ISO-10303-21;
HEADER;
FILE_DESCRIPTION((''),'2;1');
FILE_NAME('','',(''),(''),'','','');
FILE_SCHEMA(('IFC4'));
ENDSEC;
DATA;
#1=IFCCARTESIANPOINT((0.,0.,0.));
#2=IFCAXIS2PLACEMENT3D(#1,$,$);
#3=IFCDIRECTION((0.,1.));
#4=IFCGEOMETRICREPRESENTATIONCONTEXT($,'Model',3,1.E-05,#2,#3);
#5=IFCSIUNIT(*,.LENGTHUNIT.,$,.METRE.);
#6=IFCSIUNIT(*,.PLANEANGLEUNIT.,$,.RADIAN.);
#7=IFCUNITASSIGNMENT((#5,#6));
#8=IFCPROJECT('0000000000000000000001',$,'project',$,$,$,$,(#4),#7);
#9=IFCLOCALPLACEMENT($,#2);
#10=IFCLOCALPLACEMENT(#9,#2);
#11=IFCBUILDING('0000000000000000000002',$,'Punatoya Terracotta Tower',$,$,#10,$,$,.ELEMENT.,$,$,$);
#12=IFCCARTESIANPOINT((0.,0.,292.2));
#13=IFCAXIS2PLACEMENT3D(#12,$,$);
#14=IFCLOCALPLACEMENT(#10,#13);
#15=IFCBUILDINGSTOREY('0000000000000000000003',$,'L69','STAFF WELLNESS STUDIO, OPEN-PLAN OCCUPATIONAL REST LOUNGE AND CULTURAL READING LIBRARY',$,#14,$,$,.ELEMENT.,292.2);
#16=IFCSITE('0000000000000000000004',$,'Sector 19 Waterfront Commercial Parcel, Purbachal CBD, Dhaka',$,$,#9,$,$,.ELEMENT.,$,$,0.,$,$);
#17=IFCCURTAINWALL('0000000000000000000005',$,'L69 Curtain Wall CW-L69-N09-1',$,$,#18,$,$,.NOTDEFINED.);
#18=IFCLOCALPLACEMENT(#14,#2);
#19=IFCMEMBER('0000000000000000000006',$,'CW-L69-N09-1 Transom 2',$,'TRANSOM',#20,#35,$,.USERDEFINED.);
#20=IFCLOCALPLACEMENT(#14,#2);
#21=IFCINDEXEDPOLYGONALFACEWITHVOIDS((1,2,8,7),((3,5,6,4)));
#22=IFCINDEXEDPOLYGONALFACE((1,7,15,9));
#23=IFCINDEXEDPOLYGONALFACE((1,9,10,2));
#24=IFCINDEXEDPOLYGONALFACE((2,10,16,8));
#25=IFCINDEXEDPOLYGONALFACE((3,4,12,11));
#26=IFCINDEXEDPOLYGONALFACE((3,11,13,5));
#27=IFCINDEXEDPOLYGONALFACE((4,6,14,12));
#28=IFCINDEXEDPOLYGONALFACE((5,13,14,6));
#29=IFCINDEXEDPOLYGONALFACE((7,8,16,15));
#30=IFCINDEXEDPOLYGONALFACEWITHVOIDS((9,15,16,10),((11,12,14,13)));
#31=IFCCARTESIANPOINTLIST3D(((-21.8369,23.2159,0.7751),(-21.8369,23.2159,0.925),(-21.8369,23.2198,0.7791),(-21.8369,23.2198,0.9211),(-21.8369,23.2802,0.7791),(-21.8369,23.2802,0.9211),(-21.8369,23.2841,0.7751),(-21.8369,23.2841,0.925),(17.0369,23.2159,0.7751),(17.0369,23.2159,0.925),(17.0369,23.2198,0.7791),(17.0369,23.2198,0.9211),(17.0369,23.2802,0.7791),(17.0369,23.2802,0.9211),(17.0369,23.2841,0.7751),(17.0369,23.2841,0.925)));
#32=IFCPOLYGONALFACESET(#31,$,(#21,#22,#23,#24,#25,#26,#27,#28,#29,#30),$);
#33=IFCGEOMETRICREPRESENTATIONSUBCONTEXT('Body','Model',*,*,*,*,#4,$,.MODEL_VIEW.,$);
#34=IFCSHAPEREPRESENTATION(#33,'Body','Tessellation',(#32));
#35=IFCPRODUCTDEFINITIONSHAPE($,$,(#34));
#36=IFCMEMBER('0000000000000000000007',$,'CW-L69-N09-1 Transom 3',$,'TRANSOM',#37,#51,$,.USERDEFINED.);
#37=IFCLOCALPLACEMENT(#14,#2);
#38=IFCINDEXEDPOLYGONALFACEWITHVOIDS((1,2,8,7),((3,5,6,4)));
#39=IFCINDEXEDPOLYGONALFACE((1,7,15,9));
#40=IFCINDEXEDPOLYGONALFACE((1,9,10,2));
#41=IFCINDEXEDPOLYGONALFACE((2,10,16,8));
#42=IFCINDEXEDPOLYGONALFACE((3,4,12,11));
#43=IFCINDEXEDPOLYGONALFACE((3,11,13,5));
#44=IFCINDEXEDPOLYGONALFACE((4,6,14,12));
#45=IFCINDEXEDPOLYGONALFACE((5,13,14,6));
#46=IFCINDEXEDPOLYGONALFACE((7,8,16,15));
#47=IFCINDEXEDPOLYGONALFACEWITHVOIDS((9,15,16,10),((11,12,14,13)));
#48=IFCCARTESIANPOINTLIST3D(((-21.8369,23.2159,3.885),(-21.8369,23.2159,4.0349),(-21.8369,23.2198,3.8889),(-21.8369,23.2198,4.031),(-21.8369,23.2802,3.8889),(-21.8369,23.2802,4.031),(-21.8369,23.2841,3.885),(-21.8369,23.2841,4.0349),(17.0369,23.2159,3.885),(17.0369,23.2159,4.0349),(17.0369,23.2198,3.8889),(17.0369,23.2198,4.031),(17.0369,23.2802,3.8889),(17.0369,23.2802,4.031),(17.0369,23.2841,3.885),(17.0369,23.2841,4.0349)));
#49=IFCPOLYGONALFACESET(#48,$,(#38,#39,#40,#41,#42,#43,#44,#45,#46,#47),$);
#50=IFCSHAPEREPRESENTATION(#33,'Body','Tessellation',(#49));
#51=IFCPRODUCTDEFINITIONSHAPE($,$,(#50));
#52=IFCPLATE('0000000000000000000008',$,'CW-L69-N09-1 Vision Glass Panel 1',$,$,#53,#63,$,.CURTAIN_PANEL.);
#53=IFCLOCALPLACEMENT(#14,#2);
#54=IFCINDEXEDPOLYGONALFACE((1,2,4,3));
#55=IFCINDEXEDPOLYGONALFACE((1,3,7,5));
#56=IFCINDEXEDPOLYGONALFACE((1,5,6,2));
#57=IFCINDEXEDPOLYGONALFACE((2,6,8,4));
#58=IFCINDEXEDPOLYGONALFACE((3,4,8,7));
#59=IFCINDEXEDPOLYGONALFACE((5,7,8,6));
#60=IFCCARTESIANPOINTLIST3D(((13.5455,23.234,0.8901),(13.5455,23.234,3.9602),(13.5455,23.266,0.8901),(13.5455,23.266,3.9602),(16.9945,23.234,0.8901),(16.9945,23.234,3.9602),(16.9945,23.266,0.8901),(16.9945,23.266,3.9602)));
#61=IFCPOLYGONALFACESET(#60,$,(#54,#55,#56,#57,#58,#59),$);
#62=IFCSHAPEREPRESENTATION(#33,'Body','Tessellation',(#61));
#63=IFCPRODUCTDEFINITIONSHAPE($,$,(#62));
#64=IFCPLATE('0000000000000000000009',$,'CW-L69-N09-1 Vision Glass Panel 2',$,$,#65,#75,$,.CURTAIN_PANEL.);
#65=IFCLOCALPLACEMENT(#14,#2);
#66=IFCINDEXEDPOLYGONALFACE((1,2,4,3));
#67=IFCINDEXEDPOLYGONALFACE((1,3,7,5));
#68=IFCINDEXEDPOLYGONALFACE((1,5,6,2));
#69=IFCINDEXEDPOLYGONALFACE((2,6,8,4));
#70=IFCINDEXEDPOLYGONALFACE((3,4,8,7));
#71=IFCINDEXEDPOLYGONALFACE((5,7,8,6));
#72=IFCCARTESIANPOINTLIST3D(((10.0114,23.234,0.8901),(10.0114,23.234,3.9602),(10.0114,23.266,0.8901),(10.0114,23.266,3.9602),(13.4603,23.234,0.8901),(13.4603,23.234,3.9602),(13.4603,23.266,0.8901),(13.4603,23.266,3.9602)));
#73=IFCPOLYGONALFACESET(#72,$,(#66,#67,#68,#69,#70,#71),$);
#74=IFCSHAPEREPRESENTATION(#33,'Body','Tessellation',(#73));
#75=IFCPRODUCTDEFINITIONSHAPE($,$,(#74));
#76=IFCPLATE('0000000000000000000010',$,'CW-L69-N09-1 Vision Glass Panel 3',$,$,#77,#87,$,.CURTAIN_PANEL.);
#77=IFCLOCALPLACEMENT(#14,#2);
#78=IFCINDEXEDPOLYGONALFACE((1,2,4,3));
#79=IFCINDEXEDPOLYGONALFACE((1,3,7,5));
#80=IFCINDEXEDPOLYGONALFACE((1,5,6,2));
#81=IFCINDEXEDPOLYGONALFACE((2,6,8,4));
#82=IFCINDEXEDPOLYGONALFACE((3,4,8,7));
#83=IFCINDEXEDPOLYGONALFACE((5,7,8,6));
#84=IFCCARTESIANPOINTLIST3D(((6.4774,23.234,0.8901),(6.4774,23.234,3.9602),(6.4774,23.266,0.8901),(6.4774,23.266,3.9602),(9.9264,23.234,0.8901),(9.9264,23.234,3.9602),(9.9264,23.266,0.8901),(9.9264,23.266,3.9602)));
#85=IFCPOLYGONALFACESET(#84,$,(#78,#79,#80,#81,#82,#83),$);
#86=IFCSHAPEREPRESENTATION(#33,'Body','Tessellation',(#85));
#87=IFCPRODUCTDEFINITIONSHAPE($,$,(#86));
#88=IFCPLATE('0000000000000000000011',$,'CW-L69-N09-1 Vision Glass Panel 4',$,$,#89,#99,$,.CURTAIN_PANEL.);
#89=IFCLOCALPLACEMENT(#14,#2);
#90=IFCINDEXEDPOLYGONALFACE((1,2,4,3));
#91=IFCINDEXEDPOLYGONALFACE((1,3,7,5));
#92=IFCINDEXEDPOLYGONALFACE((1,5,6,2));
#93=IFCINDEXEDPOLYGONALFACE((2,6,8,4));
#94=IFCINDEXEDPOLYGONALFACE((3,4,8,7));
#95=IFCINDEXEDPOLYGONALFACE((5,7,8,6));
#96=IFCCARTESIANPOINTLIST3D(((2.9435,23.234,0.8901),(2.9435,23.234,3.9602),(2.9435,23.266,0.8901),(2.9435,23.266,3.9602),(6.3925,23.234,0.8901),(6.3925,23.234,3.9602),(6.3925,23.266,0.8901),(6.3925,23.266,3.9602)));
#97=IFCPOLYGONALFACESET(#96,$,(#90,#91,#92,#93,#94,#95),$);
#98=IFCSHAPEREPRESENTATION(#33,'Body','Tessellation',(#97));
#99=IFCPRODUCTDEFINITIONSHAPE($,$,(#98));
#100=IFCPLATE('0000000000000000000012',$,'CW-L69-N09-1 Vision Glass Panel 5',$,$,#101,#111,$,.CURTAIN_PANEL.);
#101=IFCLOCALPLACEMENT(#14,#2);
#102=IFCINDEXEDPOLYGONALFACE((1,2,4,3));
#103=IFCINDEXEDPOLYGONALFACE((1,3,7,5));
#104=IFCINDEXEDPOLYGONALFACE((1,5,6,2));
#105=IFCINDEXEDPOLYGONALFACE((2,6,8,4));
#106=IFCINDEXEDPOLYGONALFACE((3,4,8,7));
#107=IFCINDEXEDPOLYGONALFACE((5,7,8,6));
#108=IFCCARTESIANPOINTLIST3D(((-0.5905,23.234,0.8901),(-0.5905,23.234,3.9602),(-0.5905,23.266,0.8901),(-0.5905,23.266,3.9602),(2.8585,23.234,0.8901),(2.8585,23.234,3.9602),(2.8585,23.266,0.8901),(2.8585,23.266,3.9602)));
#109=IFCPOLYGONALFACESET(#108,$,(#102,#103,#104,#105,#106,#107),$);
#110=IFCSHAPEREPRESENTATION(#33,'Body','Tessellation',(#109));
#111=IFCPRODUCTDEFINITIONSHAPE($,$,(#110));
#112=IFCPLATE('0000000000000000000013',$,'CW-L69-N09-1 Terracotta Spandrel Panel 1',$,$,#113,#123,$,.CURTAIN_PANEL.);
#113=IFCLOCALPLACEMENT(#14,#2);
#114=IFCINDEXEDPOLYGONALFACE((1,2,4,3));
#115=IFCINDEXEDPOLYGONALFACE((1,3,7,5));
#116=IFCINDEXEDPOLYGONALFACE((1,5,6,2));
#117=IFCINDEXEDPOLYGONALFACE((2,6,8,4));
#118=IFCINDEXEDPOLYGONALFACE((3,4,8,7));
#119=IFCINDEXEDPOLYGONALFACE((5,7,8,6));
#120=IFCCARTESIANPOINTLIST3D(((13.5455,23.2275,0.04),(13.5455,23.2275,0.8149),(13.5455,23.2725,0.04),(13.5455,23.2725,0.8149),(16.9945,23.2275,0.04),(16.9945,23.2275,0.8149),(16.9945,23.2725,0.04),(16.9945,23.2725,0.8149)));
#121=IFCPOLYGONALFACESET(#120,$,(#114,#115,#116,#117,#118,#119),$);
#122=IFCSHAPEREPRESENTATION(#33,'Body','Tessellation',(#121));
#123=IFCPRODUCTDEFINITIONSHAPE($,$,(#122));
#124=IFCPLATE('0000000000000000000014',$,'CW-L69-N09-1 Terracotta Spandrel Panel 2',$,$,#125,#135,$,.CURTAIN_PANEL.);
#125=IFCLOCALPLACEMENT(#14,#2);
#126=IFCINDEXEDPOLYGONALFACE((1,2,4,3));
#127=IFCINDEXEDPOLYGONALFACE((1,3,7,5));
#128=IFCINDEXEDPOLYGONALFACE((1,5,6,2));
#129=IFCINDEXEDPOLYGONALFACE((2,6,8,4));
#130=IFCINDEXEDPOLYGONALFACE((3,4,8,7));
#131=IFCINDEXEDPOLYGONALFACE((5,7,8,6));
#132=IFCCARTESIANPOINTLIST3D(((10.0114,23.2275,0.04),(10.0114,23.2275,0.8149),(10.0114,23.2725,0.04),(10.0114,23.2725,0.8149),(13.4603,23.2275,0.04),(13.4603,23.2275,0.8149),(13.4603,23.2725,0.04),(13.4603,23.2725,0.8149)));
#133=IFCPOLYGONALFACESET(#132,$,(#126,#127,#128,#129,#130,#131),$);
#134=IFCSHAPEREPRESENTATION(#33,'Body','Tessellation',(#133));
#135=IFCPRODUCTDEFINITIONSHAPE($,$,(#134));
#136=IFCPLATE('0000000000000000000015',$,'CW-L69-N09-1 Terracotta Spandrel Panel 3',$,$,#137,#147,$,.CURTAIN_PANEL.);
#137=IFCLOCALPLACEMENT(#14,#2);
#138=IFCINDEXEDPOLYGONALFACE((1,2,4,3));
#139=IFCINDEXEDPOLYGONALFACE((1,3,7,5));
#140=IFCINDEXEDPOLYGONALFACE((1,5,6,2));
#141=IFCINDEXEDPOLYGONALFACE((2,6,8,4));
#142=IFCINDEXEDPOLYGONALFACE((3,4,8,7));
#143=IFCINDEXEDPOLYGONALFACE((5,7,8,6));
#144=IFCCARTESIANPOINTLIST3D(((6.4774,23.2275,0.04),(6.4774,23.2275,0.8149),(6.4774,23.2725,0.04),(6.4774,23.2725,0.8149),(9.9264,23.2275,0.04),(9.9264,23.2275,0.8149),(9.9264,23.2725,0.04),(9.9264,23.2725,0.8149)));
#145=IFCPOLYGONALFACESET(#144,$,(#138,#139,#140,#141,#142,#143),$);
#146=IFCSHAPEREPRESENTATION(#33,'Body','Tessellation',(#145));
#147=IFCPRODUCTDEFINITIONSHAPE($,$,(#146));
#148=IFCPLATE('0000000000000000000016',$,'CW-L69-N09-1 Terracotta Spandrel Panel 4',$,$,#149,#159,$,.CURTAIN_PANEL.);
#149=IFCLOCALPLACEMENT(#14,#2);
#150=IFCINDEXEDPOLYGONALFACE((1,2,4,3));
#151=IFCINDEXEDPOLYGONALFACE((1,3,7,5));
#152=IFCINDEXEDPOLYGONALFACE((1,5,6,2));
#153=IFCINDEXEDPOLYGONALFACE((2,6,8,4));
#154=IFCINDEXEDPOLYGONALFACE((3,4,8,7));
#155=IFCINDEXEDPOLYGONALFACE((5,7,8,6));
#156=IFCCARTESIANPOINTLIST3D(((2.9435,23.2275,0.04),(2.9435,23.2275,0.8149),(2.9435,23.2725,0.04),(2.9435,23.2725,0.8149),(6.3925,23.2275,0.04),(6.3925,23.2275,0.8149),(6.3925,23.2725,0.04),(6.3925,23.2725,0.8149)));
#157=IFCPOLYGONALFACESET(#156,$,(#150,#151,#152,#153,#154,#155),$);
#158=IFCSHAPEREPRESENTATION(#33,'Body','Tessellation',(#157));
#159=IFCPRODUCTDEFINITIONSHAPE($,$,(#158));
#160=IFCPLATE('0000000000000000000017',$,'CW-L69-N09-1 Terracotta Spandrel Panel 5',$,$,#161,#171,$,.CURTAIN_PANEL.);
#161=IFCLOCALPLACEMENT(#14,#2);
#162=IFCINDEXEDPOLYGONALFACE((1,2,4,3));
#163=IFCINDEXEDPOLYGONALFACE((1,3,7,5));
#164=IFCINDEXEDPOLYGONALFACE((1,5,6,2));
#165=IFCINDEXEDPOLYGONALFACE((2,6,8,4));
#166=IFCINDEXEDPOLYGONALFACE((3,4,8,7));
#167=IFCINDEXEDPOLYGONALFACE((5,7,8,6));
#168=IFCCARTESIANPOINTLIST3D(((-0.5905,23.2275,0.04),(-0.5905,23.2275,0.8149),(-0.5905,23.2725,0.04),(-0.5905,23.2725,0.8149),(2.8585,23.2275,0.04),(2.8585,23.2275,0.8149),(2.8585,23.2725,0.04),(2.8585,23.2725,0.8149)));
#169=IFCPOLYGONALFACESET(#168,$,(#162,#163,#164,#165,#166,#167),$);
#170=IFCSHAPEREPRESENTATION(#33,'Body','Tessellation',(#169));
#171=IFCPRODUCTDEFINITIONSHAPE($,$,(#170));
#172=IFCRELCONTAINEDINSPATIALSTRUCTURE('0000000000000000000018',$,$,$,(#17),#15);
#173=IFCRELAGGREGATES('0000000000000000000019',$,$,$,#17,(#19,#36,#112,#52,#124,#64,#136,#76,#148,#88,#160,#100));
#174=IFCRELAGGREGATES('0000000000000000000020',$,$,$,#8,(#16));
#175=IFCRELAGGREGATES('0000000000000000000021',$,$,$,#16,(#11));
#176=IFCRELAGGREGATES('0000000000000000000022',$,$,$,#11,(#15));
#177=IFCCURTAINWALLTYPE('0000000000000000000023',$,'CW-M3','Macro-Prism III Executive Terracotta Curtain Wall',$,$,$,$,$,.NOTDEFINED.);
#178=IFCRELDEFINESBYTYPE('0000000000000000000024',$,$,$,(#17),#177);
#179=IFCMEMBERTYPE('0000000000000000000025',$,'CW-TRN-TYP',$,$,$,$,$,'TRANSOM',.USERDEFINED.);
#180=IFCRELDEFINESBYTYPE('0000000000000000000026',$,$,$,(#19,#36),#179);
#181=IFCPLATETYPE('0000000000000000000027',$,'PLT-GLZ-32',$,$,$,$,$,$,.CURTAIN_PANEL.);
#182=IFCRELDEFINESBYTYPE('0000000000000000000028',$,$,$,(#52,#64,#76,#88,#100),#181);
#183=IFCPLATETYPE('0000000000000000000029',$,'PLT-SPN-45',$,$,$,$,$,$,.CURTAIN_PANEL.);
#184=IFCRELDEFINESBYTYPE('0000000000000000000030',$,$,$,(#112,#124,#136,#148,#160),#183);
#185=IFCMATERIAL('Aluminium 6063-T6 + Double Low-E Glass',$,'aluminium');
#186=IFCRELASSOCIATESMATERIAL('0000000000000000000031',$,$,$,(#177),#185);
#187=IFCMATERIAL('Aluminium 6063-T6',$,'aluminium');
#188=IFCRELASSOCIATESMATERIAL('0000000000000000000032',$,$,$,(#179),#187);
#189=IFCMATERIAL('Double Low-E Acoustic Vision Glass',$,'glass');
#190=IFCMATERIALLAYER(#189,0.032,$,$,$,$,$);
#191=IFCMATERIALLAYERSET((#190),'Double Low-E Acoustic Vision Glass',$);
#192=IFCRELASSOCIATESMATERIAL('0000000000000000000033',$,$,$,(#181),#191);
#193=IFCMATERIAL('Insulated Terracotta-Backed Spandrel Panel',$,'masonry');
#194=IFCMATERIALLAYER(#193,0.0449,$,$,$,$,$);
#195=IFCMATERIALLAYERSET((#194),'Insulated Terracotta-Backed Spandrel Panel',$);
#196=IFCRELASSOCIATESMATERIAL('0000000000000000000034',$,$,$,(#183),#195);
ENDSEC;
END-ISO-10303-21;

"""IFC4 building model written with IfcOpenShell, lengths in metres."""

from ifc_helpers import new_model, si_unit, direction, frame, origin, origin_2d, place, context, subcontext, project, spatial, rectangle, hollow_rectangle, extrude, material, layer, layer_set, material_profile, profile_set, type_object, element, aggregate, save


model = new_model("IFC4")

# Units and contexts
model_context = context("Model", 3, precision=1e-05, world=origin(), true_north=direction((0.0, 1.0)))
body_context = subcontext(model_context, "Body", "Model", "MODEL_VIEW")
ifc_project = project(units=[si_unit("LENGTHUNIT", "METRE"), si_unit("PLANEANGLEUNIT", "RADIAN")], contexts=[model_context])

# Site, building, storey
site_placement = place(None, origin())
site = spatial("IfcSite", under=ifc_project, at=site_placement, Name="Sector 19 Waterfront Commercial Parcel, Purbachal CBD, Dhaka", CompositionType="ELEMENT", RefElevation=0.0)
building_placement = place(site_placement, origin())
building = spatial("IfcBuilding", under=site, at=building_placement, Name="Punatoya Terracotta Tower", CompositionType="ELEMENT")
storey_placement = place(building_placement, frame((0.0, 0.0, 292.2)))
storey = spatial("IfcBuildingStorey", under=building, at=storey_placement, Name="L69", Description="STAFF WELLNESS STUDIO, OPEN-PLAN OCCUPATIONAL REST LOUNGE AND CULTURAL READING LIBRARY", CompositionType="ELEMENT", Elevation=292.2)

# Shared definitions
ifc_material_1 = material(Name="Aluminium 6063-T6 + Double Low-E Glass", Category="aluminium")
curtain_wall_type = type_object("IfcCurtainWallType", Name="CW-M3", Description="Macro-Prism III Executive Terracotta Curtain Wall", PredefinedType="NOTDEFINED", material=ifc_material_1)
ifc_material_2 = material(Name="Aluminium 6063-T6", Category="aluminium")

# Curtain wall, members, plates
curtain_wall_1_placement = place(storey_placement, origin())
curtain_wall_1 = element("IfcCurtainWall", 1, at=curtain_wall_1_placement, inside=storey, type_object=curtain_wall_type, Name="L69 Curtain Wall CW-L69-N09-1", PredefinedType="NOTDEFINED")
ifc_material_profile_1 = material_profile(ifc_material_2, hollow_rectangle(XDim=0.0681, YDim=0.1499, WallThickness=0.0039, at=origin_2d()))
ifc_profile_set_1 = profile_set([ifc_material_profile_1], Name="Aluminium 6063-T6")
member_type_1 = type_object("IfcMemberType", Name="CW-TRN-TYP", ElementType="TRANSOM", PredefinedType="USERDEFINED", material=ifc_profile_set_1)
member_1_placement = place(storey_placement, frame((17.0369, 23.25, 0.8501), z_axis=(-1.0, 0.0, 0.0), x_axis=(0.0, -1.0, 0.0)))
member_1 = element("IfcMember", 2, at=member_1_placement, type_object=member_type_1, Name="CW-L69-N09-1 Transom 2", ObjectType="TRANSOM", PredefinedType="USERDEFINED", context=body_context, shape_type="SweptSolid", body=[
    extrude(hollow_rectangle(XDim=0.0681, YDim=0.1499, WallThickness=0.0039, at=origin_2d()), origin(), (0.0, 0.0, 1.0), 38.8738),
])
member_2_placement = place(storey_placement, frame((17.0369, 23.25, 3.96), z_axis=(-1.0, 0.0, 0.0), x_axis=(0.0, -1.0, 0.0)))
member_2 = element("IfcMember", 3, at=member_2_placement, type_object=member_type_1, Name="CW-L69-N09-1 Transom 3", ObjectType="TRANSOM", PredefinedType="USERDEFINED", context=body_context, shape_type="SweptSolid", body=[
    extrude(hollow_rectangle(XDim=0.0681, YDim=0.1499, WallThickness=0.0039, at=origin_2d()), origin(), (0.0, 0.0, 1.0), 38.8738),
])
ifc_material_3 = material(Name="Double Low-E Acoustic Vision Glass", Category="glass")
ifc_layer_1 = layer(ifc_material_3, 0.032)
ifc_layer_set_1 = layer_set([ifc_layer_1], Name="Double Low-E Acoustic Vision Glass")
plate_type_1 = type_object("IfcPlateType", Name="PLT-GLZ-32", PredefinedType="CURTAIN_PANEL", material=ifc_layer_set_1)
plate_1_placement = place(storey_placement, frame((15.27, 23.25, 0.8901), z_axis=(0.0, 0.0, 1.0), x_axis=(-1.0, 0.0, 0.0)))
plate_1 = element("IfcPlate", 4, at=plate_1_placement, type_object=plate_type_1, Name="CW-L69-N09-1 Vision Glass Panel 1", PredefinedType="CURTAIN_PANEL", context=body_context, shape_type="SweptSolid", body=[
    extrude(rectangle(XDim=3.449, YDim=0.032, at=origin_2d()), origin(), (0.0, 0.0, 1.0), 3.0701),
])
plate_2_placement = place(storey_placement, frame((11.7358, 23.25, 0.8901), z_axis=(0.0, 0.0, 1.0), x_axis=(-1.0, 0.0, 0.0)))
plate_2 = element("IfcPlate", 5, at=plate_2_placement, type_object=plate_type_1, Name="CW-L69-N09-1 Vision Glass Panel 2", PredefinedType="CURTAIN_PANEL", context=body_context, shape_type="SweptSolid", body=[
    extrude(rectangle(XDim=3.449, YDim=0.032, at=origin_2d()), origin(), (0.0, 0.0, 1.0), 3.0701),
])
plate_3_placement = place(storey_placement, frame((8.2019, 23.25, 0.8901), z_axis=(0.0, 0.0, 1.0), x_axis=(-1.0, 0.0, 0.0)))
plate_3 = element("IfcPlate", 6, at=plate_3_placement, type_object=plate_type_1, Name="CW-L69-N09-1 Vision Glass Panel 3", PredefinedType="CURTAIN_PANEL", context=body_context, shape_type="SweptSolid", body=[
    extrude(rectangle(XDim=3.449, YDim=0.032, at=origin_2d()), origin(), (0.0, 0.0, 1.0), 3.0701),
])
plate_4_placement = place(storey_placement, frame((4.668, 23.25, 0.8901), z_axis=(0.0, 0.0, 1.0), x_axis=(-1.0, 0.0, 0.0)))
plate_4 = element("IfcPlate", 7, at=plate_4_placement, type_object=plate_type_1, Name="CW-L69-N09-1 Vision Glass Panel 4", PredefinedType="CURTAIN_PANEL", context=body_context, shape_type="SweptSolid", body=[
    extrude(rectangle(XDim=3.449, YDim=0.032, at=origin_2d()), origin(), (0.0, 0.0, 1.0), 3.0701),
])
plate_5_placement = place(storey_placement, frame((1.134, 23.25, 0.8901), z_axis=(0.0, 0.0, 1.0), x_axis=(-1.0, 0.0, 0.0)))
plate_5 = element("IfcPlate", 8, at=plate_5_placement, type_object=plate_type_1, Name="CW-L69-N09-1 Vision Glass Panel 5", PredefinedType="CURTAIN_PANEL", context=body_context, shape_type="SweptSolid", body=[
    extrude(rectangle(XDim=3.449, YDim=0.032, at=origin_2d()), origin(), (0.0, 0.0, 1.0), 3.0701),
])
ifc_material_4 = material(Name="Insulated Terracotta-Backed Spandrel Panel", Category="masonry")
ifc_layer_2 = layer(ifc_material_4, 0.0449)
ifc_layer_set_2 = layer_set([ifc_layer_2], Name="Insulated Terracotta-Backed Spandrel Panel")
plate_type_2 = type_object("IfcPlateType", Name="PLT-SPN-45", PredefinedType="CURTAIN_PANEL", material=ifc_layer_set_2)
plate_6_placement = place(storey_placement, frame((15.27, 23.25, 0.04), z_axis=(0.0, 0.0, 1.0), x_axis=(-1.0, 0.0, 0.0)))
plate_6 = element("IfcPlate", 9, at=plate_6_placement, type_object=plate_type_2, Name="CW-L69-N09-1 Terracotta Spandrel Panel 1", PredefinedType="CURTAIN_PANEL", context=body_context, shape_type="SweptSolid", body=[
    extrude(rectangle(XDim=3.449, YDim=0.0449, at=origin_2d()), origin(), (0.0, 0.0, 1.0), 0.7749),
])
plate_7_placement = place(storey_placement, frame((11.7358, 23.25, 0.04), z_axis=(0.0, 0.0, 1.0), x_axis=(-1.0, 0.0, 0.0)))
plate_7 = element("IfcPlate", 10, at=plate_7_placement, type_object=plate_type_2, Name="CW-L69-N09-1 Terracotta Spandrel Panel 2", PredefinedType="CURTAIN_PANEL", context=body_context, shape_type="SweptSolid", body=[
    extrude(rectangle(XDim=3.449, YDim=0.0449, at=origin_2d()), origin(), (0.0, 0.0, 1.0), 0.7749),
])
plate_8_placement = place(storey_placement, frame((8.2019, 23.25, 0.04), z_axis=(0.0, 0.0, 1.0), x_axis=(-1.0, 0.0, 0.0)))
plate_8 = element("IfcPlate", 11, at=plate_8_placement, type_object=plate_type_2, Name="CW-L69-N09-1 Terracotta Spandrel Panel 3", PredefinedType="CURTAIN_PANEL", context=body_context, shape_type="SweptSolid", body=[
    extrude(rectangle(XDim=3.449, YDim=0.0449, at=origin_2d()), origin(), (0.0, 0.0, 1.0), 0.7749),
])
plate_9_placement = place(storey_placement, frame((4.668, 23.25, 0.04), z_axis=(0.0, 0.0, 1.0), x_axis=(-1.0, 0.0, 0.0)))
plate_9 = element("IfcPlate", 12, at=plate_9_placement, type_object=plate_type_2, Name="CW-L69-N09-1 Terracotta Spandrel Panel 4", PredefinedType="CURTAIN_PANEL", context=body_context, shape_type="SweptSolid", body=[
    extrude(rectangle(XDim=3.449, YDim=0.0449, at=origin_2d()), origin(), (0.0, 0.0, 1.0), 0.7749),
])
plate_10_placement = place(storey_placement, frame((1.134, 23.25, 0.04), z_axis=(0.0, 0.0, 1.0), x_axis=(-1.0, 0.0, 0.0)))
plate_10 = element("IfcPlate", 13, at=plate_10_placement, type_object=plate_type_2, Name="CW-L69-N09-1 Terracotta Spandrel Panel 5", PredefinedType="CURTAIN_PANEL", context=body_context, shape_type="SweptSolid", body=[
    extrude(rectangle(XDim=3.449, YDim=0.0449, at=origin_2d()), origin(), (0.0, 0.0, 1.0), 0.7749),
])
aggregate(curtain_wall_1, [member_1, member_2, plate_6, plate_1, plate_7, plate_2, plate_8, plate_3, plate_9, plate_4, plate_10, plate_5])

save(model, "model.ifc")
